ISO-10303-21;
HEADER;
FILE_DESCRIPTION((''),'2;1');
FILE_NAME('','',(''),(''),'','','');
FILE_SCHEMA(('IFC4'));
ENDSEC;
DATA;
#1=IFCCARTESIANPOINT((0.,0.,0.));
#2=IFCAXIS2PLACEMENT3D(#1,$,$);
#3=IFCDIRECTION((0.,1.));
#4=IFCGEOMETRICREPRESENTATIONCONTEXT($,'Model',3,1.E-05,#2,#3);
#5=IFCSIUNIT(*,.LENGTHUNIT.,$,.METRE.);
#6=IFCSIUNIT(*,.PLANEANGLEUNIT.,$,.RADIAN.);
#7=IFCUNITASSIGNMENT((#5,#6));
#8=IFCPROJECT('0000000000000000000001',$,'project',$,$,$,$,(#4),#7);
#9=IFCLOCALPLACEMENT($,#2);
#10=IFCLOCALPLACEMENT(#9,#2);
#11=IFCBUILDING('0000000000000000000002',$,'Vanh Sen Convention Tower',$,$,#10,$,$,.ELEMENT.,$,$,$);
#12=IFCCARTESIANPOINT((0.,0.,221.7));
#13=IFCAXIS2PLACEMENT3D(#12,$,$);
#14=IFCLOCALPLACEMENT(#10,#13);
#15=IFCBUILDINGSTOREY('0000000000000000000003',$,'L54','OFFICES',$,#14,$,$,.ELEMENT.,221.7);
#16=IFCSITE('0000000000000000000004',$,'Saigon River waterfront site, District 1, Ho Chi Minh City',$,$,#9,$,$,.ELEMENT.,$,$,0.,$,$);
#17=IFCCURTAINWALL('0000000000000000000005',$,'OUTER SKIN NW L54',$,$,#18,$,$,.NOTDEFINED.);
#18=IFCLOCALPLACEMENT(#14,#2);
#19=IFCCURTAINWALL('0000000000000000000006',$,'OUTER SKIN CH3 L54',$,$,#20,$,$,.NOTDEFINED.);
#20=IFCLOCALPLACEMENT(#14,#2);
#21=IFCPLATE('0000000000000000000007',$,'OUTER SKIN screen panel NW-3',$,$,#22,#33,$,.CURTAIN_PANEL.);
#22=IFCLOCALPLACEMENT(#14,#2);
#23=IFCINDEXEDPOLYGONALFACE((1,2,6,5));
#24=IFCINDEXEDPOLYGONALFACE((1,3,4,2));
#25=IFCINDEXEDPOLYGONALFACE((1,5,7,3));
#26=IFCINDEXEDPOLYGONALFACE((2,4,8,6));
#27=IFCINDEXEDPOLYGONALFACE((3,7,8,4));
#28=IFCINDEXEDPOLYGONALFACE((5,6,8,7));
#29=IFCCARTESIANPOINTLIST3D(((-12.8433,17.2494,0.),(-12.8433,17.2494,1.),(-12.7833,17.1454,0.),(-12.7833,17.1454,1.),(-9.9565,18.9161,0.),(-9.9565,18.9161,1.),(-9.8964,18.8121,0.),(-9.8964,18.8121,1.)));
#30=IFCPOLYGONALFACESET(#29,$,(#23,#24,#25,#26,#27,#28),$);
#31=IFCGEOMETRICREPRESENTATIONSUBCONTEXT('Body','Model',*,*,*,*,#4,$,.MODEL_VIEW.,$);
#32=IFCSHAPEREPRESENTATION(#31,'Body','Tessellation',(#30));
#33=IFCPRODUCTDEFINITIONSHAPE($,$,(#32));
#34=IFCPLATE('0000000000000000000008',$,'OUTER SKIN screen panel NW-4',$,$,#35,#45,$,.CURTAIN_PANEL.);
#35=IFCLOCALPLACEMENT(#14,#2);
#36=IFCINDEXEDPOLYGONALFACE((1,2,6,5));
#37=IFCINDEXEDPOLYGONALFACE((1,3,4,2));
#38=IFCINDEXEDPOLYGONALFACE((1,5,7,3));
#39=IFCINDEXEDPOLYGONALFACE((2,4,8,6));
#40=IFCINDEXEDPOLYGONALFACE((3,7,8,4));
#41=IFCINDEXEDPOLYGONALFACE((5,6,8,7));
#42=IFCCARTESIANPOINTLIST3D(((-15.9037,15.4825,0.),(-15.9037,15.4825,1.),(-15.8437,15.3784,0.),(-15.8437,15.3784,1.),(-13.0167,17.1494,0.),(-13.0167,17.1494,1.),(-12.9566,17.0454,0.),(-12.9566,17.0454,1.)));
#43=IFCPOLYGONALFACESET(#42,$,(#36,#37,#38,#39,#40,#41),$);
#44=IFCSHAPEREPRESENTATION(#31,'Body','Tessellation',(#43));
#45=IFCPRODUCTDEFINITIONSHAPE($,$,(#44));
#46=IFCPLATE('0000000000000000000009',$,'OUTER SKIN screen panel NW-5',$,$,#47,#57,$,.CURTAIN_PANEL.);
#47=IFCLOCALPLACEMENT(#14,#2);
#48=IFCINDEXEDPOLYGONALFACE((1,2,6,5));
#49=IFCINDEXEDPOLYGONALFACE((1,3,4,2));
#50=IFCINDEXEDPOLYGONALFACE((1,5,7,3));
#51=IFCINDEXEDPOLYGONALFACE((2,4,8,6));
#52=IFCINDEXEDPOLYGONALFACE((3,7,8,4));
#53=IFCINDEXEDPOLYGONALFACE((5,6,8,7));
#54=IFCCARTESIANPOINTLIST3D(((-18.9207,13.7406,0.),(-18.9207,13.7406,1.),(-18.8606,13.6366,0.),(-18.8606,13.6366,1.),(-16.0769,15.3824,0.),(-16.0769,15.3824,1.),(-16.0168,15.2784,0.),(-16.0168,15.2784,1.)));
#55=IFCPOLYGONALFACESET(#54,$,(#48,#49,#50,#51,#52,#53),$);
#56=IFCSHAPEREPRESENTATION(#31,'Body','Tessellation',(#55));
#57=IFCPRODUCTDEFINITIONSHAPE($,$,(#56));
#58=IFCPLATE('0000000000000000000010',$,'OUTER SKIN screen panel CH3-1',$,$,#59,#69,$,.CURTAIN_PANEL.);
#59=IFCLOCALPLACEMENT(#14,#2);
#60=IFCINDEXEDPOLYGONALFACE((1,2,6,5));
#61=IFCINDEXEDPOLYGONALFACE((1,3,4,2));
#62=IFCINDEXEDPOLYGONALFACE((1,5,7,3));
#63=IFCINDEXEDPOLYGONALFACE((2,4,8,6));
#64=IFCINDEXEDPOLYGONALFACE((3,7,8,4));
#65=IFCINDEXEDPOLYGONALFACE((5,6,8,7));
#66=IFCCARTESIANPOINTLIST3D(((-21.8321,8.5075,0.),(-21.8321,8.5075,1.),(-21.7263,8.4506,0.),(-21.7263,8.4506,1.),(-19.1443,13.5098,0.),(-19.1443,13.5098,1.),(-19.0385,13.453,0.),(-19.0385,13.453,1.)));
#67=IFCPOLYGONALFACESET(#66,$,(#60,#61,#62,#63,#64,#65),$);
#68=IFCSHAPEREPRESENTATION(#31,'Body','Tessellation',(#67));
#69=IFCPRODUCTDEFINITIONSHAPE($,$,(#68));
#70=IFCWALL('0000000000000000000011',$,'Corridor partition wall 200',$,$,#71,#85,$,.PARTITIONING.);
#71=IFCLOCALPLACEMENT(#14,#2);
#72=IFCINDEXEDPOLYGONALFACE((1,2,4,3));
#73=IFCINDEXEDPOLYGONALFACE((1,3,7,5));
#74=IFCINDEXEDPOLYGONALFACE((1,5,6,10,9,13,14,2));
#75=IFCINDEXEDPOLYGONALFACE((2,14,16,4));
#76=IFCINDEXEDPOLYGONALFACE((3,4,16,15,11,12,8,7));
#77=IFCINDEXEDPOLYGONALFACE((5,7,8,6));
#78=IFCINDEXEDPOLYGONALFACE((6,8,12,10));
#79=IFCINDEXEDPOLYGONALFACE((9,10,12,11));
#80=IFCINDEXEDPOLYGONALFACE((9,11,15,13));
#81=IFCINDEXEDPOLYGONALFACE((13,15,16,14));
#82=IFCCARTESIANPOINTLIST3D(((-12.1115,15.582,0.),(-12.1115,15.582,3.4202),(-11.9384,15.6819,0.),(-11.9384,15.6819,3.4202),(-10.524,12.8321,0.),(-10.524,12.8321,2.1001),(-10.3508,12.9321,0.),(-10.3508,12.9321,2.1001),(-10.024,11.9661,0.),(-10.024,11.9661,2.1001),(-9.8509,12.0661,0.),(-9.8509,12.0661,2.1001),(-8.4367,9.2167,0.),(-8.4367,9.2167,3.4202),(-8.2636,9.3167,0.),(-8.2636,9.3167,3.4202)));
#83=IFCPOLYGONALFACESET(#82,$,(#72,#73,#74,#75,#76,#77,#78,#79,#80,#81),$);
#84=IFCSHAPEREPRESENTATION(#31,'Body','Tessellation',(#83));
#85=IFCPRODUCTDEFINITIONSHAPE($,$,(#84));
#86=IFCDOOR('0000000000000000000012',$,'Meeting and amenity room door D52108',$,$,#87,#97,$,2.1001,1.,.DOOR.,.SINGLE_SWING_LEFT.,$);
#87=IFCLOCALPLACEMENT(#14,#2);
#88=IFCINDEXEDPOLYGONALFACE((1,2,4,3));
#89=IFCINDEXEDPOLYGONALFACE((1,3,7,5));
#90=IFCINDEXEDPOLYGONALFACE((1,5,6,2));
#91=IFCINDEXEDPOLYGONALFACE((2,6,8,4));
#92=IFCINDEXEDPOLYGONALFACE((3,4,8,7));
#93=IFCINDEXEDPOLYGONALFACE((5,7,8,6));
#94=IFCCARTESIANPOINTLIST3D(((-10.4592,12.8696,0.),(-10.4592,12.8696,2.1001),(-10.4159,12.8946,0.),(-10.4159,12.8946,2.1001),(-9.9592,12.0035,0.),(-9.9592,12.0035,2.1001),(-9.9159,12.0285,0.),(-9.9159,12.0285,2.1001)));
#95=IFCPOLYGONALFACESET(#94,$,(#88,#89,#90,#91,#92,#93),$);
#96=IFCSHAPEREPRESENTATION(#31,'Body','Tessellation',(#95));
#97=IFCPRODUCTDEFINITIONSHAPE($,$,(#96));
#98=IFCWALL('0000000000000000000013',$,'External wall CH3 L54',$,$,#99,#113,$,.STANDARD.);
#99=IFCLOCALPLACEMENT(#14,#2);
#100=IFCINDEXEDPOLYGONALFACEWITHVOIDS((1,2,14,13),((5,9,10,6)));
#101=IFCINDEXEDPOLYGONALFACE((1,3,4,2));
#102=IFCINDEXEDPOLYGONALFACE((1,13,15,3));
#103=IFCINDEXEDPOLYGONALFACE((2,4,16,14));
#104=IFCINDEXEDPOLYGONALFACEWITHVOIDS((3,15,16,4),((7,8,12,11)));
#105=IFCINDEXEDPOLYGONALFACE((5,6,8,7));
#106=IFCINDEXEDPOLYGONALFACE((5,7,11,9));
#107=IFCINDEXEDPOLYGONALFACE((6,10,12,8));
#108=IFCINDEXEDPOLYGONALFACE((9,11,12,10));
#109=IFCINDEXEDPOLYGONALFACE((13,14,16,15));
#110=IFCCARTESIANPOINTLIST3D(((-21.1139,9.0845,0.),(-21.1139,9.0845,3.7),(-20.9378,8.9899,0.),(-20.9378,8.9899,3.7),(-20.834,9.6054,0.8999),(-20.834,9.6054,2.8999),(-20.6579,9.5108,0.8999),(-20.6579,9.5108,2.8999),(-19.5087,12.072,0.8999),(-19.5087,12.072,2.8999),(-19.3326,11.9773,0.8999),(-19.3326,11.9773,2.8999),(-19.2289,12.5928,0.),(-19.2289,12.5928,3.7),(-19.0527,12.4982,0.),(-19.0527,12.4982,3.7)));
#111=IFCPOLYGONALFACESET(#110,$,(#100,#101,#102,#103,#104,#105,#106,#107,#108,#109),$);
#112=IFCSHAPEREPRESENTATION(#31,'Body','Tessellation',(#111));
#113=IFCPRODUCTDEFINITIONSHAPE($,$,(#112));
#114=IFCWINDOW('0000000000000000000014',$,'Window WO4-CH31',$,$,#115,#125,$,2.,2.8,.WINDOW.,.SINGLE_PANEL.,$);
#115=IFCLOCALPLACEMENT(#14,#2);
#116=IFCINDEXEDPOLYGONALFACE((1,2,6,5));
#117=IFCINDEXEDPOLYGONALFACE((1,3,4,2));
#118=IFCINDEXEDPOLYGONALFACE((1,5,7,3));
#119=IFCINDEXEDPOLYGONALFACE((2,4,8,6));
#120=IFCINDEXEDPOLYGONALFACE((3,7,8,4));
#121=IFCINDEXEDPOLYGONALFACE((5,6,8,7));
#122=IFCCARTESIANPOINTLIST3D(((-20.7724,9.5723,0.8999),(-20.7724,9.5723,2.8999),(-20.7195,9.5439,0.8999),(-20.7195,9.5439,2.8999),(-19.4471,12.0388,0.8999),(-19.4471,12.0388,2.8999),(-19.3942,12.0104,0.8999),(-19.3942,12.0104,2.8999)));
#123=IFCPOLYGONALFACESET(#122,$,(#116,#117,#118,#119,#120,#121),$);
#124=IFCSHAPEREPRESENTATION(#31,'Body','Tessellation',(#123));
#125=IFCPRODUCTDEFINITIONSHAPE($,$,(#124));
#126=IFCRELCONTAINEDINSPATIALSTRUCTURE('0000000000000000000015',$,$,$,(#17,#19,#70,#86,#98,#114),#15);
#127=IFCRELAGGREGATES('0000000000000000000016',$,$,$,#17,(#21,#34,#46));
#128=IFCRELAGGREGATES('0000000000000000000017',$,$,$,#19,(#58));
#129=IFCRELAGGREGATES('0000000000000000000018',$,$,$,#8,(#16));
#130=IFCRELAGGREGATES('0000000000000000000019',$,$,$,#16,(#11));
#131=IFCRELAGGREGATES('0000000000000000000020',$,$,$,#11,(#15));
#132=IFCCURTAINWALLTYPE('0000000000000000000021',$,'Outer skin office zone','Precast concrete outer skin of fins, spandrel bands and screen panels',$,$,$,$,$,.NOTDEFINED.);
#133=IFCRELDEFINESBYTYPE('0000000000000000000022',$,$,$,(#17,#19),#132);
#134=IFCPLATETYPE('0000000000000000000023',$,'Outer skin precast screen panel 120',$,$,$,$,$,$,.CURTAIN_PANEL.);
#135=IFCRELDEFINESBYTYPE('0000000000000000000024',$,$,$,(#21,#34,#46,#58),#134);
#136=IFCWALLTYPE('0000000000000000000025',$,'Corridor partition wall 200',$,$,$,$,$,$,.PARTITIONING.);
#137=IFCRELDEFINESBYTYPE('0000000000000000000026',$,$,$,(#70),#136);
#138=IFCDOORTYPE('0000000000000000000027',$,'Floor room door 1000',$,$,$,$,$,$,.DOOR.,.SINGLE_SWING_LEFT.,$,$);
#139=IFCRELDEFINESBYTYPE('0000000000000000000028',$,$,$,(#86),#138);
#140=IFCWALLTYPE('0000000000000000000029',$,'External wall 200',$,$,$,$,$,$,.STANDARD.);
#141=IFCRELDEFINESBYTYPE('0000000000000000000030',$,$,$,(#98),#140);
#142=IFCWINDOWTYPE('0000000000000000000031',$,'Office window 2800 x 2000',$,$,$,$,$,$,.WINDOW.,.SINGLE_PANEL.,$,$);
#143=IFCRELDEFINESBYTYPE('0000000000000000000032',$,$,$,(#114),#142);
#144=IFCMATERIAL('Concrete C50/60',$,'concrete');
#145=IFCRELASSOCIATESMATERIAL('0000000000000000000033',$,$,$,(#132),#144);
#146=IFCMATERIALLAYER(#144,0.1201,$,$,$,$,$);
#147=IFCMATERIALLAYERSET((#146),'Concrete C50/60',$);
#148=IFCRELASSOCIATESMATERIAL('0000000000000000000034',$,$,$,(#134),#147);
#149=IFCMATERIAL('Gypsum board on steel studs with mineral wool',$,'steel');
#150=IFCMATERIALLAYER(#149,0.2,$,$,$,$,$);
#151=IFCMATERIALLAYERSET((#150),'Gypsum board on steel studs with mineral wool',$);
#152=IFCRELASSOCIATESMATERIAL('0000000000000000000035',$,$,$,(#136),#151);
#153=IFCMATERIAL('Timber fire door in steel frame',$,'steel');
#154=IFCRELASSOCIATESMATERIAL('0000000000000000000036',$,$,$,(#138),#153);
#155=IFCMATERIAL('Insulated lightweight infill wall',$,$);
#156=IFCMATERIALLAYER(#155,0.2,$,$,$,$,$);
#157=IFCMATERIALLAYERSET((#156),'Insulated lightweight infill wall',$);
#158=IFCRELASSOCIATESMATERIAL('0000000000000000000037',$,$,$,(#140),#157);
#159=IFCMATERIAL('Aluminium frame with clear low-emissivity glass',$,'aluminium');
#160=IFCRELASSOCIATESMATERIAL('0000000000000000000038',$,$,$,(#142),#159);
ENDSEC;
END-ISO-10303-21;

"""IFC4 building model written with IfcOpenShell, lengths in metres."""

from ifc_helpers import new_model, si_unit, direction, frame, frame_2d, origin, origin_2d, place, context, subcontext, project, spatial, rectangle, extrude, material, layer, layer_set, type_object, element, fill, aggregate, save


model = new_model("IFC4")

# Units and contexts
model_context = context("Model", 3, precision=1e-05, world=origin(), true_north=direction((0.0, 1.0)))
body_context = subcontext(model_context, "Body", "Model", "MODEL_VIEW")
ifc_project = project(units=[si_unit("LENGTHUNIT", "METRE"), si_unit("PLANEANGLEUNIT", "RADIAN")], contexts=[model_context])

# Site, building, storey
site_placement = place(None, origin())
site = spatial("IfcSite", under=ifc_project, at=site_placement, Name="Saigon River waterfront site, District 1, Ho Chi Minh City", CompositionType="ELEMENT", RefElevation=0.0)
building_placement = place(site_placement, origin())
building = spatial("IfcBuilding", under=site, at=building_placement, Name="Vanh Sen Convention Tower", CompositionType="ELEMENT")
storey_placement = place(building_placement, frame((0.0, 0.0, 221.7)))
storey = spatial("IfcBuildingStorey", under=building, at=storey_placement, Name="L54", Description="OFFICES", CompositionType="ELEMENT", Elevation=221.7)

# Curtain wall
ifc_material_1 = material(Name="Concrete C50/60", Category="concrete")
curtain_wall_type = type_object("IfcCurtainWallType", Name="Outer skin office zone", Description="Precast concrete outer skin of fins, spandrel bands and screen panels", PredefinedType="NOTDEFINED", material=ifc_material_1)
curtain_wall_1_placement = place(storey_placement, origin())
curtain_wall_1 = element("IfcCurtainWall", 1, at=curtain_wall_1_placement, inside=storey, type_object=curtain_wall_type, Name="OUTER SKIN NW L54", PredefinedType="NOTDEFINED")

# Curtain wall
curtain_wall_2_placement = place(storey_placement, origin())
curtain_wall_2 = element("IfcCurtainWall", 2, at=curtain_wall_2_placement, inside=storey, type_object=curtain_wall_type, Name="OUTER SKIN CH3 L54", PredefinedType="NOTDEFINED")

# Plates
ifc_layer_1 = layer(ifc_material_1, 0.1201)
ifc_layer_set_1 = layer_set([ifc_layer_1], Name="Concrete C50/60")
plate_type = type_object("IfcPlateType", Name="Outer skin precast screen panel 120", PredefinedType="CURTAIN_PANEL", material=ifc_layer_set_1)
plate_1_placement = place(storey_placement, frame((-11.3699, 18.0308, 0.0), z_axis=(0.0, 0.0, 1.0), x_axis=(-0.866026, -0.499998, 0.0)))
plate_1 = element("IfcPlate", 3, at=plate_1_placement, type_object=plate_type, Name="OUTER SKIN screen panel NW-3", PredefinedType="CURTAIN_PANEL", context=body_context, shape_type="SweptSolid", body=[
    extrude(rectangle(XDim=3.3335, YDim=0.1201, at=origin_2d()), origin(), (0.0, 0.0, 1.0), 1.0),
])
plate_2_placement = place(storey_placement, frame((-14.4302, 16.2639, 0.0), z_axis=(0.0, 0.0, 1.0), x_axis=(-0.866014, -0.50002, 0.0)))
plate_2 = element("IfcPlate", 4, at=plate_2_placement, type_object=plate_type, Name="OUTER SKIN screen panel NW-4", PredefinedType="CURTAIN_PANEL", context=body_context, shape_type="SweptSolid", body=[
    extrude(rectangle(XDim=3.3337, YDim=0.1201, at=origin_2d()), origin(), (0.0, 0.0, 1.0), 1.0),
])
plate_3_placement = place(storey_placement, frame((-17.4688, 14.5095, 0.0), z_axis=(0.0, 0.0, 1.0), x_axis=(-0.866033, -0.499986, 0.0)))
plate_3 = element("IfcPlate", 5, at=plate_3_placement, type_object=plate_type, Name="OUTER SKIN screen panel NW-5", PredefinedType="CURTAIN_PANEL", context=body_context, shape_type="SweptSolid", body=[
    extrude(rectangle(XDim=3.2837, YDim=0.1201, at=origin_2d()), origin(), (0.0, 0.0, 1.0), 1.0),
])
aggregate(curtain_wall_1, [plate_1, plate_2, plate_3])
plate_4_placement = place(storey_placement, frame((-20.4353, 10.9802, 0.0), z_axis=(0.0, 0.0, 1.0), x_axis=(-0.473307, -0.880897, 0.0)))
plate_4 = element("IfcPlate", 6, at=plate_4_placement, type_object=plate_type, Name="OUTER SKIN screen panel CH3-1", PredefinedType="CURTAIN_PANEL", context=body_context, shape_type="SweptSolid", body=[
    extrude(rectangle(XDim=5.6787, YDim=0.1201, at=origin_2d()), origin(), (0.0, 0.0, 1.0), 1.0),
])
aggregate(curtain_wall_2, [plate_4])

# Wall, opening, door
ifc_material_2 = material(Name="Gypsum board on steel studs with mineral wool", Category="steel")
ifc_layer_2 = layer(ifc_material_2, 0.2)
ifc_layer_set_2 = layer_set([ifc_layer_2], Name="Gypsum board on steel studs with mineral wool")
wall_type_1 = type_object("IfcWallType", Name="Corridor partition wall 200", PredefinedType="PARTITIONING", material=ifc_layer_set_2)
wall_1_placement = place(storey_placement, frame((-12.0249, 15.6318, 0.0), z_axis=(0.0, 0.0, 1.0), x_axis=(0.499983, -0.866035, 0.0)))
wall_1 = element("IfcWall", 7, at=wall_1_placement, inside=storey, type_object=wall_type_1, Name="Corridor partition wall 200", PredefinedType="PARTITIONING", context=body_context, shape_type="SweptSolid", body=[
    extrude(rectangle(XDim=7.3499, YDim=0.2, at=frame_2d((3.6748, 0.0))), origin(), (0.0, 0.0, 1.0), 3.4202),
])
opening_1_placement = place(wall_1_placement, frame((3.175, 0.0, 0.0)))
opening_1 = element("IfcOpeningElement", 8, at=opening_1_placement, cuts=wall_1, PredefinedType="OPENING", context=body_context, shape_type="SweptSolid", body=[
    extrude(rectangle(XDim=1.0, YDim=2.1001, at=frame_2d((0.5, 1.05))), frame((0.0, 0.1099, 0.0), z_axis=(0.0, -1.0, 0.0), x_axis=(1.0, 0.0, 0.0)), (0.0, 0.0, 1.0), 0.22),
])
ifc_material_3 = material(Name="Timber fire door in steel frame", Category="steel")
door_type = type_object("IfcDoorType", Name="Floor room door 1000", OperationType="SINGLE_SWING_LEFT", PredefinedType="DOOR", material=ifc_material_3)
door_placement = place(opening_1_placement, origin())
door = element("IfcDoor", 9, at=door_placement, inside=storey, type_object=door_type, Name="Meeting and amenity room door D52108", OperationType="SINGLE_SWING_LEFT", OverallHeight=2.1001, OverallWidth=1.0, PredefinedType="DOOR", context=body_context, shape_type="SweptSolid", body=[
    extrude(rectangle(XDim=1.0, YDim=2.1001, at=frame_2d((0.5, 1.05))), frame((0.0, 0.0249, 0.0), z_axis=(0.0, -1.0, 0.0), x_axis=(1.0, 0.0, 0.0)), (0.0, 0.0, 1.0), 0.05),
])
fill(opening_1, door)

# Wall, opening, window
ifc_material_4 = material(Name="Insulated lightweight infill wall")
ifc_layer_3 = layer(ifc_material_4, 0.2)
ifc_layer_set_3 = layer_set([ifc_layer_3], Name="Insulated lightweight infill wall")
wall_type_2 = type_object("IfcWallType", Name="External wall 200", PredefinedType="STANDARD", material=ifc_layer_set_3)
wall_2_placement = place(storey_placement, frame((-19.1409, 12.5454, 0.0), z_axis=(0.0, 0.0, 1.0), x_axis=(-0.473306, -0.880898, 0.0)))
wall_2 = element("IfcWall", 10, at=wall_2_placement, inside=storey, type_object=wall_type_2, Name="External wall CH3 L54", PredefinedType="STANDARD", context=body_context, shape_type="SweptSolid", body=[
    extrude(rectangle(XDim=3.9827, YDim=0.2, at=frame_2d((1.9912, 0.0))), origin(), (0.0, 0.0, 1.0), 3.7),
])
opening_2_placement = place(wall_2_placement, frame((0.5913, 0.0, 0.8999)))
opening_2 = element("IfcOpeningElement", 11, at=opening_2_placement, cuts=wall_2, PredefinedType="OPENING", context=body_context, shape_type="SweptSolid", body=[
    extrude(rectangle(XDim=2.8, YDim=2.0, at=frame_2d((1.3999, 1.0))), frame((0.0, 0.1099, 0.0), z_axis=(0.0, -1.0, 0.0), x_axis=(1.0, 0.0, 0.0)), (0.0, 0.0, 1.0), 0.22),
])
ifc_material_5 = material(Name="Aluminium frame with clear low-emissivity glass", Category="aluminium")
window_type_1 = type_object("IfcWindowType", Name="Office window 2800 x 2000", PartitioningType="SINGLE_PANEL", PredefinedType="WINDOW", material=ifc_material_5)
window_1_placement = place(opening_2_placement, origin())
window_1 = element("IfcWindow", 12, at=window_1_placement, inside=storey, type_object=window_type_1, Name="Window WO4-CH31", OverallHeight=2.0, OverallWidth=2.8, PartitioningType="SINGLE_PANEL", PredefinedType="WINDOW", context=body_context, shape_type="SweptSolid", body=[
    extrude(rectangle(XDim=2.8, YDim=2.0, at=frame_2d((1.3999, 1.0))), frame((0.0, 0.03, 0.0), z_axis=(0.0, -1.0, 0.0), x_axis=(1.0, 0.0, 0.0)), (0.0, 0.0, 1.0), 0.0601),
])
fill(opening_2, window_1)

save(model, "model.ifc")
